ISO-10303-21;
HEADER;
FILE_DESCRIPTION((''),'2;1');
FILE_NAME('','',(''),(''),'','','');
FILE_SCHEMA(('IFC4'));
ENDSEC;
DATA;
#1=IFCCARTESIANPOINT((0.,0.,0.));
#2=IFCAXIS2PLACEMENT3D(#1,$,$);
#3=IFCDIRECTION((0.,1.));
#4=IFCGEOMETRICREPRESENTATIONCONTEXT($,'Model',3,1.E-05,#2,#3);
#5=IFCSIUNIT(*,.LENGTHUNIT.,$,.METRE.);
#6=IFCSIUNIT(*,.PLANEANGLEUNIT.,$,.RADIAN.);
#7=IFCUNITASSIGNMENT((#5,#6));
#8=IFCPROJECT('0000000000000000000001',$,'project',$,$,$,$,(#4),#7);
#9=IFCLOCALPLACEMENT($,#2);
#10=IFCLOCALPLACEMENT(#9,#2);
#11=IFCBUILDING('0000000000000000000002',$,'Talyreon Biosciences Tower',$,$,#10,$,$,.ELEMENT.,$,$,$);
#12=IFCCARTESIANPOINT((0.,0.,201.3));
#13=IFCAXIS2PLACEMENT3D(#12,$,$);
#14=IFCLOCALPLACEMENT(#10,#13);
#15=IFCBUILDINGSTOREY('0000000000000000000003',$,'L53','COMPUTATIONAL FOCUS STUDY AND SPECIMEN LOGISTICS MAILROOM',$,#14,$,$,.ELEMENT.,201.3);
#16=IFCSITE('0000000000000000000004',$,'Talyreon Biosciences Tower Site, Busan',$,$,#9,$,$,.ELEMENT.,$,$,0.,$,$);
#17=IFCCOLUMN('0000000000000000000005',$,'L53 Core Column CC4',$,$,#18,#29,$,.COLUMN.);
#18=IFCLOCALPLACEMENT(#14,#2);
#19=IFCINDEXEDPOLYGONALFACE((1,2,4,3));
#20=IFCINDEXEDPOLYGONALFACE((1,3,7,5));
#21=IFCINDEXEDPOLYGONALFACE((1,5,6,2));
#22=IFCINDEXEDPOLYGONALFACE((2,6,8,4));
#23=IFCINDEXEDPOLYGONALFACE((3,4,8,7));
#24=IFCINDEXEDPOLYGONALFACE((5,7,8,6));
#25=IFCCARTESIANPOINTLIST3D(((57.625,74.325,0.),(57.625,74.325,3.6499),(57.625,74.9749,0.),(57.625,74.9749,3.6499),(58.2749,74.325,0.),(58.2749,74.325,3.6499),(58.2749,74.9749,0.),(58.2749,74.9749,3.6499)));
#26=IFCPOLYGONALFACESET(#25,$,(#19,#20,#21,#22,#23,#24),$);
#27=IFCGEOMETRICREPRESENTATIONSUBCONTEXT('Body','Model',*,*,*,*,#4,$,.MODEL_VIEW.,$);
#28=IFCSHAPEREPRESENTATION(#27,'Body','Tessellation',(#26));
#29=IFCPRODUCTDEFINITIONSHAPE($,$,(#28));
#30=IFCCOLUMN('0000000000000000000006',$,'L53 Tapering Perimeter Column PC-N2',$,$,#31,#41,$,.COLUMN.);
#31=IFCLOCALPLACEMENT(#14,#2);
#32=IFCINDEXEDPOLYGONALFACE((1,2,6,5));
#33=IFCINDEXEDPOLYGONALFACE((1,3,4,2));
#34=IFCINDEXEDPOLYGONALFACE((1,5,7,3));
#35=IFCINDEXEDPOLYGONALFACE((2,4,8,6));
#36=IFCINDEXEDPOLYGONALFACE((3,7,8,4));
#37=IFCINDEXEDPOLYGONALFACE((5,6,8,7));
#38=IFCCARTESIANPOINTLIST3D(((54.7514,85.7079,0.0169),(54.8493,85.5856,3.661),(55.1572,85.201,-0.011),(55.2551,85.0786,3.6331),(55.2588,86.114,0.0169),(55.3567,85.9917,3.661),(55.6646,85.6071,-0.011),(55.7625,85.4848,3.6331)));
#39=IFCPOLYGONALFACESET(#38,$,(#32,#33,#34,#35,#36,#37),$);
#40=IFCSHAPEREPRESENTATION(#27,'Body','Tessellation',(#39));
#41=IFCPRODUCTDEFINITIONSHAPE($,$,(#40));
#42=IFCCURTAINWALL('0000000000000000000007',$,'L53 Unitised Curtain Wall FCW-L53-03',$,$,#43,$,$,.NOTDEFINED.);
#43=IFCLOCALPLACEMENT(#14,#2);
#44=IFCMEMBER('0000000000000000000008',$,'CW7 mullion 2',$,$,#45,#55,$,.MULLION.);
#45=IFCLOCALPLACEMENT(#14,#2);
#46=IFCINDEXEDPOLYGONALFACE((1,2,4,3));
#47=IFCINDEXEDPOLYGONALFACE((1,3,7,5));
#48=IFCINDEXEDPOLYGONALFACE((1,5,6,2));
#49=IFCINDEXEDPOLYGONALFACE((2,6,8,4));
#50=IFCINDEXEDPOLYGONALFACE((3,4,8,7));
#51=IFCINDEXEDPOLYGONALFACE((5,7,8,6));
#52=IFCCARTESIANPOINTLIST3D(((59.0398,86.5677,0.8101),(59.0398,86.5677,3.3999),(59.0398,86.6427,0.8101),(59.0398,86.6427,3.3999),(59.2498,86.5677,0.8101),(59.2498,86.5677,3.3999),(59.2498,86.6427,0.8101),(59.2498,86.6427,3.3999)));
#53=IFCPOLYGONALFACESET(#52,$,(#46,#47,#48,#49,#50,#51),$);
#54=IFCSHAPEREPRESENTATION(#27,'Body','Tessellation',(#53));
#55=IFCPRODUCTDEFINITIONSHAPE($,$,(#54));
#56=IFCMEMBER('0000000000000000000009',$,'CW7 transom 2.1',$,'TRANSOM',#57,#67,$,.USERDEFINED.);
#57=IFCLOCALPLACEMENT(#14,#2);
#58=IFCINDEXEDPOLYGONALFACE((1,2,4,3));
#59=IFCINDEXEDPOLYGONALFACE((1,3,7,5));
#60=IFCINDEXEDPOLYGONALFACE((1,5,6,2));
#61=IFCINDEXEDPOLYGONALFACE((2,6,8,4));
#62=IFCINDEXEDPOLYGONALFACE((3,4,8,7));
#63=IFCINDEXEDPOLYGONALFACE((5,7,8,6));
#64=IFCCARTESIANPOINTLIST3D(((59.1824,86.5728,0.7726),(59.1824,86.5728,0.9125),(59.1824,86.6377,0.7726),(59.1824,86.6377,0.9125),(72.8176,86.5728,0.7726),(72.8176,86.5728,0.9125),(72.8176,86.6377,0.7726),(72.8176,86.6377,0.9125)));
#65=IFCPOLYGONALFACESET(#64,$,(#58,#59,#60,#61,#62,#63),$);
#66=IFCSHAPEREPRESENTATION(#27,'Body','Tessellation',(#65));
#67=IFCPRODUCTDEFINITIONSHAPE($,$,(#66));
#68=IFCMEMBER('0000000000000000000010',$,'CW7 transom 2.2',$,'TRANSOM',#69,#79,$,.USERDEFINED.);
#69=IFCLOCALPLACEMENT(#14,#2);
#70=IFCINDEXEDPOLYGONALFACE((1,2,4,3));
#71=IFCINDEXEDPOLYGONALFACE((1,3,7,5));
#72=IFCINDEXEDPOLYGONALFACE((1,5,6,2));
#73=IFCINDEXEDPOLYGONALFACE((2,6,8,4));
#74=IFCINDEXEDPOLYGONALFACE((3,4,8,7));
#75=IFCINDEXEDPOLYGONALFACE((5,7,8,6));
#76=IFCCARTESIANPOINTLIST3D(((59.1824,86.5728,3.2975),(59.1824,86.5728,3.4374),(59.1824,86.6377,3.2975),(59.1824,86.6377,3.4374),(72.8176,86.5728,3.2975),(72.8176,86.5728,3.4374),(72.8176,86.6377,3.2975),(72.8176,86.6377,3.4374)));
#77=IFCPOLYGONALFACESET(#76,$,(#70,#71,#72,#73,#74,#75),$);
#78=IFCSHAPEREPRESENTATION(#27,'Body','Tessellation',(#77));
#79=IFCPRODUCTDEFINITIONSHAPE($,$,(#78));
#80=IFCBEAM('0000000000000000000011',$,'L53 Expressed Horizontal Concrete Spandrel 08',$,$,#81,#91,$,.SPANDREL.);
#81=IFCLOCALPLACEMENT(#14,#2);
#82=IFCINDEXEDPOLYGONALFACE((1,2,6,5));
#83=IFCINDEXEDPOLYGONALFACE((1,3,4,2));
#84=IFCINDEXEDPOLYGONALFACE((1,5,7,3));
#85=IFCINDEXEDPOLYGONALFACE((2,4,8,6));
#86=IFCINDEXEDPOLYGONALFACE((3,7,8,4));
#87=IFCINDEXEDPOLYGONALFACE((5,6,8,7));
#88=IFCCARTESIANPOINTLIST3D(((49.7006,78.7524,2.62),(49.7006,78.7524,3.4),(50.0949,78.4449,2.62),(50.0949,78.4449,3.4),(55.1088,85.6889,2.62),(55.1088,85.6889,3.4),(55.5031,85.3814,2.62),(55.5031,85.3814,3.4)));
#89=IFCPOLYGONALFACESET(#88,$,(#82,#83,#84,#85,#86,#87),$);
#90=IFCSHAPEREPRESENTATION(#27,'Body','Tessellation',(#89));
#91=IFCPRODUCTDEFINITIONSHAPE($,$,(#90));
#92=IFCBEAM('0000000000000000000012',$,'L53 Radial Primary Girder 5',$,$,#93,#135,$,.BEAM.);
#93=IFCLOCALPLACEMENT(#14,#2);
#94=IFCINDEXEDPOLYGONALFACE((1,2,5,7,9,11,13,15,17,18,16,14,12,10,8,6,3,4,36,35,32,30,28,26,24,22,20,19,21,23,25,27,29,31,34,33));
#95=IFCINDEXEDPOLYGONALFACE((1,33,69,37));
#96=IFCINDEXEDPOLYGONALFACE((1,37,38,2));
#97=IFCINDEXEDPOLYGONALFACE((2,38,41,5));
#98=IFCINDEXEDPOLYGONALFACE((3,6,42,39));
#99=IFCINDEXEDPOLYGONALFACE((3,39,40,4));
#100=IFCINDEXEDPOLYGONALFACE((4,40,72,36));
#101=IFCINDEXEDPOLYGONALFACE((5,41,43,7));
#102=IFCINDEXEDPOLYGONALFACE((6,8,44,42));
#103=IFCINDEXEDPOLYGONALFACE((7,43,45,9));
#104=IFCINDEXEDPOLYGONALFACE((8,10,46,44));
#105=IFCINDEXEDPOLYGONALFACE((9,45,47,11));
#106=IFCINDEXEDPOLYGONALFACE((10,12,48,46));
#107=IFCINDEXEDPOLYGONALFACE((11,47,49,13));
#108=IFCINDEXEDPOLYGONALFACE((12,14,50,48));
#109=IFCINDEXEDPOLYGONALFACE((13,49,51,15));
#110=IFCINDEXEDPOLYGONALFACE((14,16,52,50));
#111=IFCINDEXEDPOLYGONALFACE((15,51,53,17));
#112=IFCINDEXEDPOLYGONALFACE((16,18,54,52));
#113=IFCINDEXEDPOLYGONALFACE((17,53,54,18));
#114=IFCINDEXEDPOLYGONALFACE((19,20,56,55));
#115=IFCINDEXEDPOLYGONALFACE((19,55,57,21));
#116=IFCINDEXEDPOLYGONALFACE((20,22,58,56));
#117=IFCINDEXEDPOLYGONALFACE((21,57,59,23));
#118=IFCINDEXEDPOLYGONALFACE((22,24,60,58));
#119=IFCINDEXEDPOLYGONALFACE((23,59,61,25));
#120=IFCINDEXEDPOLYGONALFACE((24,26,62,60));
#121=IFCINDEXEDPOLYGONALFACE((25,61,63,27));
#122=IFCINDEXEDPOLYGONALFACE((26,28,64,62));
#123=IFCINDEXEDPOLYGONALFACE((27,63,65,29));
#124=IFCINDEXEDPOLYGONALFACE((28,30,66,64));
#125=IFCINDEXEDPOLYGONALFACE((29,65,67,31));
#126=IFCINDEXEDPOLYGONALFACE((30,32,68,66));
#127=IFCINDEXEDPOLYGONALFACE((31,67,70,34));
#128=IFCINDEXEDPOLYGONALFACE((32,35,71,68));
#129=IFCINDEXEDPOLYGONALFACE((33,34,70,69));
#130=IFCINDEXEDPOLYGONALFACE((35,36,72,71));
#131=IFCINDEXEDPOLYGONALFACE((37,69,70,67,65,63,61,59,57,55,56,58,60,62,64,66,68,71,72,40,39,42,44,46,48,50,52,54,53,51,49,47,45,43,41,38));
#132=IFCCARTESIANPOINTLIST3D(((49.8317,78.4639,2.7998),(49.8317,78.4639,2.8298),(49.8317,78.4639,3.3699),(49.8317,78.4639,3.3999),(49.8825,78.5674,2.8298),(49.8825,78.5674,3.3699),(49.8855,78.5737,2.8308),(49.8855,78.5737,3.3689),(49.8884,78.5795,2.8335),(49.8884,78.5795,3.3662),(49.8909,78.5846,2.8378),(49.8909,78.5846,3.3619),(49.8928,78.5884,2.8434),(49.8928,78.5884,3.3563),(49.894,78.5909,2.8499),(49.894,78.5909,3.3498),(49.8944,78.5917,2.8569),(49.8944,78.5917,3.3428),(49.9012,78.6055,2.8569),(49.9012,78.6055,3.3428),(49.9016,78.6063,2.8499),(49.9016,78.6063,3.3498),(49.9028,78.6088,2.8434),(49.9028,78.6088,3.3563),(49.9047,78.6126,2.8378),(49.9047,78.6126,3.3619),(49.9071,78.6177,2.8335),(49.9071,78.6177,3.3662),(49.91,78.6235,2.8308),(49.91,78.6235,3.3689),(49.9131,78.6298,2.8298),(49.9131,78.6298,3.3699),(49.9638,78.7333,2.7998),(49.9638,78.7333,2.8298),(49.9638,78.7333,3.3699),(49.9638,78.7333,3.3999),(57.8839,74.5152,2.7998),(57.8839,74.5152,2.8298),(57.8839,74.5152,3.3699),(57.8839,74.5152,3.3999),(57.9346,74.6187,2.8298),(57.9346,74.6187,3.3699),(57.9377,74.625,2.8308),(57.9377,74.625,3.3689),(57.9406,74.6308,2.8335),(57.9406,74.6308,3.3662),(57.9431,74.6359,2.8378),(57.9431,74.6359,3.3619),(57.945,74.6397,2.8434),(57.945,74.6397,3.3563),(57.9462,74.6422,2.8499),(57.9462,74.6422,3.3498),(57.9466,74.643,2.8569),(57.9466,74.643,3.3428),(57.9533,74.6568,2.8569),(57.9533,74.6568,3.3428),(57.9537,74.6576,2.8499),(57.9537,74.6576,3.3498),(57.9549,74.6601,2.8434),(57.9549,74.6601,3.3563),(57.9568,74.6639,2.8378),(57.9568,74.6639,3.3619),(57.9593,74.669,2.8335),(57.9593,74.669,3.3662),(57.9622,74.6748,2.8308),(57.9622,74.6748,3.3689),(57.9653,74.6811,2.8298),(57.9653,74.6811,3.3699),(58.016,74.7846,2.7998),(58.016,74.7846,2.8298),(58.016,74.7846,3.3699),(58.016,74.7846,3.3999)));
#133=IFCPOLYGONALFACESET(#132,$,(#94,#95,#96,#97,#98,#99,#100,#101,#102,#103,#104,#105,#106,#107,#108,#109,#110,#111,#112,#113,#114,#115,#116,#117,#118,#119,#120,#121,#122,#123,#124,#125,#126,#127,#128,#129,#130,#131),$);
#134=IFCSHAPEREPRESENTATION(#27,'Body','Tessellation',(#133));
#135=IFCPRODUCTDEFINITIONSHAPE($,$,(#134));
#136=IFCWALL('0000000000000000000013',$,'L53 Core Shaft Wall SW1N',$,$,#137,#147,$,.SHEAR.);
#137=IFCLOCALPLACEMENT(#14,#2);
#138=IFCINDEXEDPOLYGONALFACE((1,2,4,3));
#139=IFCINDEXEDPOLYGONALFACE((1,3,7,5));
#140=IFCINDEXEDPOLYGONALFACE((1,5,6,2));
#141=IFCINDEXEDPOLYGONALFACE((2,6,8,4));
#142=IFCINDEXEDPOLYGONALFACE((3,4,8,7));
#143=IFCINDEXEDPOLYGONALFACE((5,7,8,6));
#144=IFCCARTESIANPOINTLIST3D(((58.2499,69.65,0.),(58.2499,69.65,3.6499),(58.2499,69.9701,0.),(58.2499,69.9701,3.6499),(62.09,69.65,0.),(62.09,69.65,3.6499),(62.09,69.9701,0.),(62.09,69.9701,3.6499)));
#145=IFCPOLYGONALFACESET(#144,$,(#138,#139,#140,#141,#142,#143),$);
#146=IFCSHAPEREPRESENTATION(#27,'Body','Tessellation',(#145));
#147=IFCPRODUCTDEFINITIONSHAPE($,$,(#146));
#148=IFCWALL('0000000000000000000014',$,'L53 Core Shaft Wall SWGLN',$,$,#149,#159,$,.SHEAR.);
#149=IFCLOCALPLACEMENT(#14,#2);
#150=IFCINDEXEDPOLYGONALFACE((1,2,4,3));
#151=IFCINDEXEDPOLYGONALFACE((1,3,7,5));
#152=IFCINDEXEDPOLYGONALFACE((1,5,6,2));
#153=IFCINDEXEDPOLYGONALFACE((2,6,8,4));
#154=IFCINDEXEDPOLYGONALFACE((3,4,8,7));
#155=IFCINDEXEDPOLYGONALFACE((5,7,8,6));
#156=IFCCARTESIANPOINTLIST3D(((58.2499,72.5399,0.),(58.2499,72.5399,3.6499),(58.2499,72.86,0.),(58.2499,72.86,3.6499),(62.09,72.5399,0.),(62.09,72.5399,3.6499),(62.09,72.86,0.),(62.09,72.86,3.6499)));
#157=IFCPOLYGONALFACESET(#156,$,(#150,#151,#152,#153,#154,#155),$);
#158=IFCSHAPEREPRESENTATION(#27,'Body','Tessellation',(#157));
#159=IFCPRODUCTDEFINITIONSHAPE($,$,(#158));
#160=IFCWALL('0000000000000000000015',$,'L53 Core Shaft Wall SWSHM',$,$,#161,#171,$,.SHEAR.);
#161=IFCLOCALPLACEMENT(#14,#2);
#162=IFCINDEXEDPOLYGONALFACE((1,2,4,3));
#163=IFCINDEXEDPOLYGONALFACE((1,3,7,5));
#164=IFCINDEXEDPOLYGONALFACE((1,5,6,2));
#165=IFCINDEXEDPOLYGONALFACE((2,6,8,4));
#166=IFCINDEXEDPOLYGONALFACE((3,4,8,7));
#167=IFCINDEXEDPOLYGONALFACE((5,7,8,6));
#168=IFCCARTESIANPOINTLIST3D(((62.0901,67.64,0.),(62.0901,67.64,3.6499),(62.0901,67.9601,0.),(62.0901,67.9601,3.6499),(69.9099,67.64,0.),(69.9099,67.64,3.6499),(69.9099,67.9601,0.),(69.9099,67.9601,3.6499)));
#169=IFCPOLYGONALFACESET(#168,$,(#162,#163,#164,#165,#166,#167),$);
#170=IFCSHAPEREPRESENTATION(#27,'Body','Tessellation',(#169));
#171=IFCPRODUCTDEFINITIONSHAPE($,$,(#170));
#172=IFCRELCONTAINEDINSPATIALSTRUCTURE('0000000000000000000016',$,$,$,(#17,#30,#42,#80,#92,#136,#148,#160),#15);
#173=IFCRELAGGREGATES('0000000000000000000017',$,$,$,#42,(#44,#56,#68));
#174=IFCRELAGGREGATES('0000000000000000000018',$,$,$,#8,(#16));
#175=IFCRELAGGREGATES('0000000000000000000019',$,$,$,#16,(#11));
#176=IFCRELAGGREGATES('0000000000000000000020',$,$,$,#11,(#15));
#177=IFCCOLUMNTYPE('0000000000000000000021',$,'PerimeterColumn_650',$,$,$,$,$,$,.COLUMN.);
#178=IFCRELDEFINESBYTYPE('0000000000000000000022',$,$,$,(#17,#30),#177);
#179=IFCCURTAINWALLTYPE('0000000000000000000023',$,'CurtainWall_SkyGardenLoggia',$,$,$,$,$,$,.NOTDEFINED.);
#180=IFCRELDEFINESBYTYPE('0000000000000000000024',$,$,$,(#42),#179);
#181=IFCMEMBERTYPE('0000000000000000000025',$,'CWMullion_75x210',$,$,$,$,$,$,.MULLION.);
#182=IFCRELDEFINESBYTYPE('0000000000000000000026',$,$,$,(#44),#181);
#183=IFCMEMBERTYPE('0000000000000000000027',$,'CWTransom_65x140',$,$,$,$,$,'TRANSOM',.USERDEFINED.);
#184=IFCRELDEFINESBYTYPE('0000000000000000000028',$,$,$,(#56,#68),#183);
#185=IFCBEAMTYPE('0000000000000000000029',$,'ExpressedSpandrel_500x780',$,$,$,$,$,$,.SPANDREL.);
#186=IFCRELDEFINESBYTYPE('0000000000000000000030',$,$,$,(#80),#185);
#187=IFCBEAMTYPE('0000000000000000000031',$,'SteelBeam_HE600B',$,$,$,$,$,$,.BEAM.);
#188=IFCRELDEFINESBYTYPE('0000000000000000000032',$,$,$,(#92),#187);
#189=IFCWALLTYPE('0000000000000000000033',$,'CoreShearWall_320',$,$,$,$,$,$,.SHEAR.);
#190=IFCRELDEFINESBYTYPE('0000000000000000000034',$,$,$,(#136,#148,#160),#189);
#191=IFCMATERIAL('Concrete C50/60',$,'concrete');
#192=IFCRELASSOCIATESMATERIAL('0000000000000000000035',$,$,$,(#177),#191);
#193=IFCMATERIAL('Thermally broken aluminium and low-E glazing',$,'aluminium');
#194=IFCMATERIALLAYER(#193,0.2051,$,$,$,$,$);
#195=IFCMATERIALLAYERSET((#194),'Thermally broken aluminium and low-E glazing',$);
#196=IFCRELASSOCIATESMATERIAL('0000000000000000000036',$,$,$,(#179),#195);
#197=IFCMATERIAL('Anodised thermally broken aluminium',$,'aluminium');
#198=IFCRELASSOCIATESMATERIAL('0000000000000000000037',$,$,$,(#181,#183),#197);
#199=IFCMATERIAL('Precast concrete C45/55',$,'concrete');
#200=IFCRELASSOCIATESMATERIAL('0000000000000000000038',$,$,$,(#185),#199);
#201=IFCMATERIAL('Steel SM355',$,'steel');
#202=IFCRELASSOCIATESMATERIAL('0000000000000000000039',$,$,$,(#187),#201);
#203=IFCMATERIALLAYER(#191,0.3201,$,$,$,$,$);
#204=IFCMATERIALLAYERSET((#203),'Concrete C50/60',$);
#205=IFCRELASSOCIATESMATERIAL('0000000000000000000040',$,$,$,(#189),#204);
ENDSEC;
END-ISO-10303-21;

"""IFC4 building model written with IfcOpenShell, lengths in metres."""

from ifc_helpers import new_model, si_unit, direction, frame, frame_2d, origin, origin_2d, place, context, subcontext, project, spatial, rectangle, i_section, extrude, material, layer, layer_set, material_profile, profile_set, type_object, element, aggregate, save


model = new_model("IFC4")

# Units and contexts
model_context = context("Model", 3, precision=1e-05, world=origin(), true_north=direction((0.0, 1.0)))
body_context = subcontext(model_context, "Body", "Model", "MODEL_VIEW")
ifc_project = project(units=[si_unit("LENGTHUNIT", "METRE"), si_unit("PLANEANGLEUNIT", "RADIAN")], contexts=[model_context])

# Site, building, storey
site_placement = place(None, origin())
site = spatial("IfcSite", under=ifc_project, at=site_placement, Name="Talyreon Biosciences Tower Site, Busan", CompositionType="ELEMENT", RefElevation=0.0)
building_placement = place(site_placement, origin())
building = spatial("IfcBuilding", under=site, at=building_placement, Name="Talyreon Biosciences Tower", CompositionType="ELEMENT")
storey_placement = place(building_placement, frame((0.0, 0.0, 201.3)))
storey = spatial("IfcBuildingStorey", under=building, at=storey_placement, Name="L53", Description="COMPUTATIONAL FOCUS STUDY AND SPECIMEN LOGISTICS MAILROOM", CompositionType="ELEMENT", Elevation=201.3)

# Columns
ifc_material_1 = material(Name="Concrete C50/60", Category="concrete")
ifc_material_profile_1 = material_profile(ifc_material_1, rectangle(XDim=0.6499, YDim=0.6499, at=origin_2d()), Name="RC 650x650")
ifc_profile_set_1 = profile_set([ifc_material_profile_1], Name="Concrete C50/60")
column_type = type_object("IfcColumnType", Name="PerimeterColumn_650", PredefinedType="COLUMN", material=ifc_profile_set_1)
column_1_placement = place(storey_placement, frame((57.95, 74.6499, 0.0), z_axis=(0.0, 0.0, 1.0), x_axis=(1.0, 0.0, 0.0)))
element("IfcColumn", 1, at=column_1_placement, inside=storey, type_object=column_type, Name="L53 Core Column CC4", PredefinedType="COLUMN", context=body_context, shape_type="SweptSolid", body=[
    extrude(rectangle(XDim=0.6499, YDim=0.6499, at=origin_2d()), origin(), (0.0, 0.0, 1.0), 3.6499),
])
column_2_placement = place(storey_placement, frame((55.208, 85.6575, 0.0029), z_axis=(0.026841, -0.033535, 0.999077), x_axis=(-0.780717, -0.624885, 0.0)))
element("IfcColumn", 2, at=column_2_placement, inside=storey, type_object=column_type, Name="L53 Tapering Perimeter Column PC-N2", PredefinedType="COLUMN", context=body_context, shape_type="SweptSolid", body=[
    extrude(rectangle(XDim=0.6499, YDim=0.6499, at=origin_2d()), origin(), (0.0, 0.0, 1.0), 3.6475),
])

# Curtain wall, members
ifc_material_2 = material(Name="Thermally broken aluminium and low-E glazing", Category="aluminium")
ifc_layer_1 = layer(ifc_material_2, 0.2051)
ifc_layer_set_1 = layer_set([ifc_layer_1], Name="Thermally broken aluminium and low-E glazing")
curtain_wall_type = type_object("IfcCurtainWallType", Name="CurtainWall_SkyGardenLoggia", PredefinedType="NOTDEFINED", material=ifc_layer_set_1)
curtain_wall_placement = place(storey_placement, origin())
curtain_wall = element("IfcCurtainWall", 3, at=curtain_wall_placement, inside=storey, type_object=curtain_wall_type, Name="L53 Unitised Curtain Wall FCW-L53-03", PredefinedType="NOTDEFINED")
ifc_material_3 = material(Name="Anodised thermally broken aluminium", Category="aluminium")
ifc_material_profile_2 = material_profile(ifc_material_3, rectangle(XDim=0.075, YDim=0.21, at=origin_2d()), Name="ALUM MULLION 75x210")
ifc_profile_set_2 = profile_set([ifc_material_profile_2], Name="Anodised thermally broken aluminium")
member_type_1 = type_object("IfcMemberType", Name="CWMullion_75x210", PredefinedType="MULLION", material=ifc_profile_set_2)
member_1_placement = place(storey_placement, frame((59.1448, 86.6052, 0.8101), z_axis=(0.0, 0.0, 1.0), x_axis=(0.0, 1.0, 0.0)))
member_1 = element("IfcMember", 4, at=member_1_placement, type_object=member_type_1, Name="CW7 mullion 2", PredefinedType="MULLION", context=body_context, shape_type="SweptSolid", body=[
    extrude(rectangle(XDim=0.075, YDim=0.21, at=origin_2d()), origin(), (0.0, 0.0, 1.0), 2.5898),
])
ifc_material_profile_3 = material_profile(ifc_material_3, rectangle(XDim=0.0649, YDim=0.1399, at=origin_2d()), Name="ALUM TRANSOM 65x140")
ifc_profile_set_3 = profile_set([ifc_material_profile_3], Name="Anodised thermally broken aluminium")
member_type_2 = type_object("IfcMemberType", Name="CWTransom_65x140", ElementType="TRANSOM", PredefinedType="USERDEFINED", material=ifc_profile_set_3)
member_2_placement = place(storey_placement, frame((59.1824, 86.6052, 0.8425), z_axis=(1.0, 0.0, 0.0), x_axis=(0.0, 1.0, 0.0)))
member_2 = element("IfcMember", 5, at=member_2_placement, type_object=member_type_2, Name="CW7 transom 2.1", ObjectType="TRANSOM", PredefinedType="USERDEFINED", context=body_context, shape_type="SweptSolid", body=[
    extrude(rectangle(XDim=0.0649, YDim=0.1399, at=origin_2d()), origin(), (0.0, 0.0, 1.0), 13.6353),
])
member_3_placement = place(storey_placement, frame((59.1824, 86.6052, 3.3674), z_axis=(1.0, 0.0, 0.0), x_axis=(0.0, 1.0, 0.0)))
member_3 = element("IfcMember", 6, at=member_3_placement, type_object=member_type_2, Name="CW7 transom 2.2", ObjectType="TRANSOM", PredefinedType="USERDEFINED", context=body_context, shape_type="SweptSolid", body=[
    extrude(rectangle(XDim=0.0649, YDim=0.1399, at=origin_2d()), origin(), (0.0, 0.0, 1.0), 13.6353),
])
aggregate(curtain_wall, [member_1, member_2, member_3])

# Beams
ifc_material_4 = material(Name="Precast concrete C45/55", Category="concrete")
ifc_material_profile_4 = material_profile(ifc_material_4, rectangle(XDim=0.5, YDim=0.78, at=origin_2d()), Name="RCB 500x780")
ifc_profile_set_4 = profile_set([ifc_material_profile_4], Name="Precast concrete C45/55")
beam_type_1 = type_object("IfcBeamType", Name="ExpressedSpandrel_500x780", PredefinedType="SPANDREL", material=ifc_profile_set_4)
beam_1_placement = place(storey_placement, frame((55.3059, 85.5352, 3.01), z_axis=(-0.61487, -0.788628, 0.0), x_axis=(0.788628, -0.61487, 0.0)))
element("IfcBeam", 7, at=beam_1_placement, inside=storey, type_object=beam_type_1, Name="L53 Expressed Horizontal Concrete Spandrel 08", PredefinedType="SPANDREL", context=body_context, shape_type="SweptSolid", body=[
    extrude(rectangle(XDim=0.5, YDim=0.78, at=origin_2d()), origin(), (0.0, 0.0, 1.0), 8.7957),
])
ifc_material_5 = material(Name="Steel SM355", Category="steel")
ifc_material_profile_5 = material_profile(ifc_material_5, i_section(OverallWidth=0.3, OverallDepth=0.6001, WebThickness=0.0154, FlangeThickness=0.03, FilletRadius=0.0271, at=origin_2d()), Name="HE600B")
ifc_profile_set_5 = profile_set([ifc_material_profile_5], Name="Steel SM355")
beam_type_2 = type_object("IfcBeamType", Name="SteelBeam_HE600B", PredefinedType="BEAM", material=ifc_profile_set_5)
beam_2_placement = place(storey_placement, frame((57.95, 74.6499, 3.0999), z_axis=(-0.897852, 0.440297, 0.0), x_axis=(-0.440297, -0.897852, 0.0)))
element("IfcBeam", 8, at=beam_2_placement, inside=storey, type_object=beam_type_2, Name="L53 Radial Primary Girder 5", PredefinedType="BEAM", context=body_context, shape_type="SweptSolid", body=[
    extrude(i_section(OverallWidth=0.3, OverallDepth=0.6001, WebThickness=0.0154, FlangeThickness=0.03, FilletRadius=0.0271, at=origin_2d()), origin(), (0.0, 0.0, 1.0), 8.9683),
])

# Walls
ifc_layer_2 = layer(ifc_material_1, 0.3201)
ifc_layer_set_2 = layer_set([ifc_layer_2], Name="Concrete C50/60")
wall_type_1 = type_object("IfcWallType", Name="CoreShearWall_320", PredefinedType="SHEAR", material=ifc_layer_set_2)
for number, where, z_axis, x_axis, name in (
    (9, (58.25, 69.8101, 0.0), (0.0, 0.0, 1.0), (1.0, 0.0, 0.0), "L53 Core Shaft Wall SW1N"),
    (10, (58.25, 72.7, 0.0), (0.0, 0.0, 1.0), (1.0, 0.0, 0.0), "L53 Core Shaft Wall SWGLN"),
):
    element("IfcWall", number, at=place(storey_placement, frame(where, z_axis=z_axis, x_axis=x_axis)), inside=storey, type_object=wall_type_1, Name=name, PredefinedType="SHEAR", context=body_context, shape_type="SweptSolid", body=[
        extrude(rectangle(XDim=3.8401, YDim=0.3201, at=frame_2d((1.9199, 0.0))), origin(), (0.0, 0.0, 1.0), 3.6499),
    ])
wall_1_placement = place(storey_placement, frame((62.0901, 67.8, 0.0), z_axis=(0.0, 0.0, 1.0), x_axis=(1.0, 0.0, 0.0)))
element("IfcWall", 11, at=wall_1_placement, inside=storey, type_object=wall_type_1, Name="L53 Core Shaft Wall SWSHM", PredefinedType="SHEAR", context=body_context, shape_type="SweptSolid", body=[
    extrude(rectangle(XDim=7.8198, YDim=0.3201, at=frame_2d((3.9099, 0.0))), origin(), (0.0, 0.0, 1.0), 3.6499),
])

save(model, "model.ifc")
